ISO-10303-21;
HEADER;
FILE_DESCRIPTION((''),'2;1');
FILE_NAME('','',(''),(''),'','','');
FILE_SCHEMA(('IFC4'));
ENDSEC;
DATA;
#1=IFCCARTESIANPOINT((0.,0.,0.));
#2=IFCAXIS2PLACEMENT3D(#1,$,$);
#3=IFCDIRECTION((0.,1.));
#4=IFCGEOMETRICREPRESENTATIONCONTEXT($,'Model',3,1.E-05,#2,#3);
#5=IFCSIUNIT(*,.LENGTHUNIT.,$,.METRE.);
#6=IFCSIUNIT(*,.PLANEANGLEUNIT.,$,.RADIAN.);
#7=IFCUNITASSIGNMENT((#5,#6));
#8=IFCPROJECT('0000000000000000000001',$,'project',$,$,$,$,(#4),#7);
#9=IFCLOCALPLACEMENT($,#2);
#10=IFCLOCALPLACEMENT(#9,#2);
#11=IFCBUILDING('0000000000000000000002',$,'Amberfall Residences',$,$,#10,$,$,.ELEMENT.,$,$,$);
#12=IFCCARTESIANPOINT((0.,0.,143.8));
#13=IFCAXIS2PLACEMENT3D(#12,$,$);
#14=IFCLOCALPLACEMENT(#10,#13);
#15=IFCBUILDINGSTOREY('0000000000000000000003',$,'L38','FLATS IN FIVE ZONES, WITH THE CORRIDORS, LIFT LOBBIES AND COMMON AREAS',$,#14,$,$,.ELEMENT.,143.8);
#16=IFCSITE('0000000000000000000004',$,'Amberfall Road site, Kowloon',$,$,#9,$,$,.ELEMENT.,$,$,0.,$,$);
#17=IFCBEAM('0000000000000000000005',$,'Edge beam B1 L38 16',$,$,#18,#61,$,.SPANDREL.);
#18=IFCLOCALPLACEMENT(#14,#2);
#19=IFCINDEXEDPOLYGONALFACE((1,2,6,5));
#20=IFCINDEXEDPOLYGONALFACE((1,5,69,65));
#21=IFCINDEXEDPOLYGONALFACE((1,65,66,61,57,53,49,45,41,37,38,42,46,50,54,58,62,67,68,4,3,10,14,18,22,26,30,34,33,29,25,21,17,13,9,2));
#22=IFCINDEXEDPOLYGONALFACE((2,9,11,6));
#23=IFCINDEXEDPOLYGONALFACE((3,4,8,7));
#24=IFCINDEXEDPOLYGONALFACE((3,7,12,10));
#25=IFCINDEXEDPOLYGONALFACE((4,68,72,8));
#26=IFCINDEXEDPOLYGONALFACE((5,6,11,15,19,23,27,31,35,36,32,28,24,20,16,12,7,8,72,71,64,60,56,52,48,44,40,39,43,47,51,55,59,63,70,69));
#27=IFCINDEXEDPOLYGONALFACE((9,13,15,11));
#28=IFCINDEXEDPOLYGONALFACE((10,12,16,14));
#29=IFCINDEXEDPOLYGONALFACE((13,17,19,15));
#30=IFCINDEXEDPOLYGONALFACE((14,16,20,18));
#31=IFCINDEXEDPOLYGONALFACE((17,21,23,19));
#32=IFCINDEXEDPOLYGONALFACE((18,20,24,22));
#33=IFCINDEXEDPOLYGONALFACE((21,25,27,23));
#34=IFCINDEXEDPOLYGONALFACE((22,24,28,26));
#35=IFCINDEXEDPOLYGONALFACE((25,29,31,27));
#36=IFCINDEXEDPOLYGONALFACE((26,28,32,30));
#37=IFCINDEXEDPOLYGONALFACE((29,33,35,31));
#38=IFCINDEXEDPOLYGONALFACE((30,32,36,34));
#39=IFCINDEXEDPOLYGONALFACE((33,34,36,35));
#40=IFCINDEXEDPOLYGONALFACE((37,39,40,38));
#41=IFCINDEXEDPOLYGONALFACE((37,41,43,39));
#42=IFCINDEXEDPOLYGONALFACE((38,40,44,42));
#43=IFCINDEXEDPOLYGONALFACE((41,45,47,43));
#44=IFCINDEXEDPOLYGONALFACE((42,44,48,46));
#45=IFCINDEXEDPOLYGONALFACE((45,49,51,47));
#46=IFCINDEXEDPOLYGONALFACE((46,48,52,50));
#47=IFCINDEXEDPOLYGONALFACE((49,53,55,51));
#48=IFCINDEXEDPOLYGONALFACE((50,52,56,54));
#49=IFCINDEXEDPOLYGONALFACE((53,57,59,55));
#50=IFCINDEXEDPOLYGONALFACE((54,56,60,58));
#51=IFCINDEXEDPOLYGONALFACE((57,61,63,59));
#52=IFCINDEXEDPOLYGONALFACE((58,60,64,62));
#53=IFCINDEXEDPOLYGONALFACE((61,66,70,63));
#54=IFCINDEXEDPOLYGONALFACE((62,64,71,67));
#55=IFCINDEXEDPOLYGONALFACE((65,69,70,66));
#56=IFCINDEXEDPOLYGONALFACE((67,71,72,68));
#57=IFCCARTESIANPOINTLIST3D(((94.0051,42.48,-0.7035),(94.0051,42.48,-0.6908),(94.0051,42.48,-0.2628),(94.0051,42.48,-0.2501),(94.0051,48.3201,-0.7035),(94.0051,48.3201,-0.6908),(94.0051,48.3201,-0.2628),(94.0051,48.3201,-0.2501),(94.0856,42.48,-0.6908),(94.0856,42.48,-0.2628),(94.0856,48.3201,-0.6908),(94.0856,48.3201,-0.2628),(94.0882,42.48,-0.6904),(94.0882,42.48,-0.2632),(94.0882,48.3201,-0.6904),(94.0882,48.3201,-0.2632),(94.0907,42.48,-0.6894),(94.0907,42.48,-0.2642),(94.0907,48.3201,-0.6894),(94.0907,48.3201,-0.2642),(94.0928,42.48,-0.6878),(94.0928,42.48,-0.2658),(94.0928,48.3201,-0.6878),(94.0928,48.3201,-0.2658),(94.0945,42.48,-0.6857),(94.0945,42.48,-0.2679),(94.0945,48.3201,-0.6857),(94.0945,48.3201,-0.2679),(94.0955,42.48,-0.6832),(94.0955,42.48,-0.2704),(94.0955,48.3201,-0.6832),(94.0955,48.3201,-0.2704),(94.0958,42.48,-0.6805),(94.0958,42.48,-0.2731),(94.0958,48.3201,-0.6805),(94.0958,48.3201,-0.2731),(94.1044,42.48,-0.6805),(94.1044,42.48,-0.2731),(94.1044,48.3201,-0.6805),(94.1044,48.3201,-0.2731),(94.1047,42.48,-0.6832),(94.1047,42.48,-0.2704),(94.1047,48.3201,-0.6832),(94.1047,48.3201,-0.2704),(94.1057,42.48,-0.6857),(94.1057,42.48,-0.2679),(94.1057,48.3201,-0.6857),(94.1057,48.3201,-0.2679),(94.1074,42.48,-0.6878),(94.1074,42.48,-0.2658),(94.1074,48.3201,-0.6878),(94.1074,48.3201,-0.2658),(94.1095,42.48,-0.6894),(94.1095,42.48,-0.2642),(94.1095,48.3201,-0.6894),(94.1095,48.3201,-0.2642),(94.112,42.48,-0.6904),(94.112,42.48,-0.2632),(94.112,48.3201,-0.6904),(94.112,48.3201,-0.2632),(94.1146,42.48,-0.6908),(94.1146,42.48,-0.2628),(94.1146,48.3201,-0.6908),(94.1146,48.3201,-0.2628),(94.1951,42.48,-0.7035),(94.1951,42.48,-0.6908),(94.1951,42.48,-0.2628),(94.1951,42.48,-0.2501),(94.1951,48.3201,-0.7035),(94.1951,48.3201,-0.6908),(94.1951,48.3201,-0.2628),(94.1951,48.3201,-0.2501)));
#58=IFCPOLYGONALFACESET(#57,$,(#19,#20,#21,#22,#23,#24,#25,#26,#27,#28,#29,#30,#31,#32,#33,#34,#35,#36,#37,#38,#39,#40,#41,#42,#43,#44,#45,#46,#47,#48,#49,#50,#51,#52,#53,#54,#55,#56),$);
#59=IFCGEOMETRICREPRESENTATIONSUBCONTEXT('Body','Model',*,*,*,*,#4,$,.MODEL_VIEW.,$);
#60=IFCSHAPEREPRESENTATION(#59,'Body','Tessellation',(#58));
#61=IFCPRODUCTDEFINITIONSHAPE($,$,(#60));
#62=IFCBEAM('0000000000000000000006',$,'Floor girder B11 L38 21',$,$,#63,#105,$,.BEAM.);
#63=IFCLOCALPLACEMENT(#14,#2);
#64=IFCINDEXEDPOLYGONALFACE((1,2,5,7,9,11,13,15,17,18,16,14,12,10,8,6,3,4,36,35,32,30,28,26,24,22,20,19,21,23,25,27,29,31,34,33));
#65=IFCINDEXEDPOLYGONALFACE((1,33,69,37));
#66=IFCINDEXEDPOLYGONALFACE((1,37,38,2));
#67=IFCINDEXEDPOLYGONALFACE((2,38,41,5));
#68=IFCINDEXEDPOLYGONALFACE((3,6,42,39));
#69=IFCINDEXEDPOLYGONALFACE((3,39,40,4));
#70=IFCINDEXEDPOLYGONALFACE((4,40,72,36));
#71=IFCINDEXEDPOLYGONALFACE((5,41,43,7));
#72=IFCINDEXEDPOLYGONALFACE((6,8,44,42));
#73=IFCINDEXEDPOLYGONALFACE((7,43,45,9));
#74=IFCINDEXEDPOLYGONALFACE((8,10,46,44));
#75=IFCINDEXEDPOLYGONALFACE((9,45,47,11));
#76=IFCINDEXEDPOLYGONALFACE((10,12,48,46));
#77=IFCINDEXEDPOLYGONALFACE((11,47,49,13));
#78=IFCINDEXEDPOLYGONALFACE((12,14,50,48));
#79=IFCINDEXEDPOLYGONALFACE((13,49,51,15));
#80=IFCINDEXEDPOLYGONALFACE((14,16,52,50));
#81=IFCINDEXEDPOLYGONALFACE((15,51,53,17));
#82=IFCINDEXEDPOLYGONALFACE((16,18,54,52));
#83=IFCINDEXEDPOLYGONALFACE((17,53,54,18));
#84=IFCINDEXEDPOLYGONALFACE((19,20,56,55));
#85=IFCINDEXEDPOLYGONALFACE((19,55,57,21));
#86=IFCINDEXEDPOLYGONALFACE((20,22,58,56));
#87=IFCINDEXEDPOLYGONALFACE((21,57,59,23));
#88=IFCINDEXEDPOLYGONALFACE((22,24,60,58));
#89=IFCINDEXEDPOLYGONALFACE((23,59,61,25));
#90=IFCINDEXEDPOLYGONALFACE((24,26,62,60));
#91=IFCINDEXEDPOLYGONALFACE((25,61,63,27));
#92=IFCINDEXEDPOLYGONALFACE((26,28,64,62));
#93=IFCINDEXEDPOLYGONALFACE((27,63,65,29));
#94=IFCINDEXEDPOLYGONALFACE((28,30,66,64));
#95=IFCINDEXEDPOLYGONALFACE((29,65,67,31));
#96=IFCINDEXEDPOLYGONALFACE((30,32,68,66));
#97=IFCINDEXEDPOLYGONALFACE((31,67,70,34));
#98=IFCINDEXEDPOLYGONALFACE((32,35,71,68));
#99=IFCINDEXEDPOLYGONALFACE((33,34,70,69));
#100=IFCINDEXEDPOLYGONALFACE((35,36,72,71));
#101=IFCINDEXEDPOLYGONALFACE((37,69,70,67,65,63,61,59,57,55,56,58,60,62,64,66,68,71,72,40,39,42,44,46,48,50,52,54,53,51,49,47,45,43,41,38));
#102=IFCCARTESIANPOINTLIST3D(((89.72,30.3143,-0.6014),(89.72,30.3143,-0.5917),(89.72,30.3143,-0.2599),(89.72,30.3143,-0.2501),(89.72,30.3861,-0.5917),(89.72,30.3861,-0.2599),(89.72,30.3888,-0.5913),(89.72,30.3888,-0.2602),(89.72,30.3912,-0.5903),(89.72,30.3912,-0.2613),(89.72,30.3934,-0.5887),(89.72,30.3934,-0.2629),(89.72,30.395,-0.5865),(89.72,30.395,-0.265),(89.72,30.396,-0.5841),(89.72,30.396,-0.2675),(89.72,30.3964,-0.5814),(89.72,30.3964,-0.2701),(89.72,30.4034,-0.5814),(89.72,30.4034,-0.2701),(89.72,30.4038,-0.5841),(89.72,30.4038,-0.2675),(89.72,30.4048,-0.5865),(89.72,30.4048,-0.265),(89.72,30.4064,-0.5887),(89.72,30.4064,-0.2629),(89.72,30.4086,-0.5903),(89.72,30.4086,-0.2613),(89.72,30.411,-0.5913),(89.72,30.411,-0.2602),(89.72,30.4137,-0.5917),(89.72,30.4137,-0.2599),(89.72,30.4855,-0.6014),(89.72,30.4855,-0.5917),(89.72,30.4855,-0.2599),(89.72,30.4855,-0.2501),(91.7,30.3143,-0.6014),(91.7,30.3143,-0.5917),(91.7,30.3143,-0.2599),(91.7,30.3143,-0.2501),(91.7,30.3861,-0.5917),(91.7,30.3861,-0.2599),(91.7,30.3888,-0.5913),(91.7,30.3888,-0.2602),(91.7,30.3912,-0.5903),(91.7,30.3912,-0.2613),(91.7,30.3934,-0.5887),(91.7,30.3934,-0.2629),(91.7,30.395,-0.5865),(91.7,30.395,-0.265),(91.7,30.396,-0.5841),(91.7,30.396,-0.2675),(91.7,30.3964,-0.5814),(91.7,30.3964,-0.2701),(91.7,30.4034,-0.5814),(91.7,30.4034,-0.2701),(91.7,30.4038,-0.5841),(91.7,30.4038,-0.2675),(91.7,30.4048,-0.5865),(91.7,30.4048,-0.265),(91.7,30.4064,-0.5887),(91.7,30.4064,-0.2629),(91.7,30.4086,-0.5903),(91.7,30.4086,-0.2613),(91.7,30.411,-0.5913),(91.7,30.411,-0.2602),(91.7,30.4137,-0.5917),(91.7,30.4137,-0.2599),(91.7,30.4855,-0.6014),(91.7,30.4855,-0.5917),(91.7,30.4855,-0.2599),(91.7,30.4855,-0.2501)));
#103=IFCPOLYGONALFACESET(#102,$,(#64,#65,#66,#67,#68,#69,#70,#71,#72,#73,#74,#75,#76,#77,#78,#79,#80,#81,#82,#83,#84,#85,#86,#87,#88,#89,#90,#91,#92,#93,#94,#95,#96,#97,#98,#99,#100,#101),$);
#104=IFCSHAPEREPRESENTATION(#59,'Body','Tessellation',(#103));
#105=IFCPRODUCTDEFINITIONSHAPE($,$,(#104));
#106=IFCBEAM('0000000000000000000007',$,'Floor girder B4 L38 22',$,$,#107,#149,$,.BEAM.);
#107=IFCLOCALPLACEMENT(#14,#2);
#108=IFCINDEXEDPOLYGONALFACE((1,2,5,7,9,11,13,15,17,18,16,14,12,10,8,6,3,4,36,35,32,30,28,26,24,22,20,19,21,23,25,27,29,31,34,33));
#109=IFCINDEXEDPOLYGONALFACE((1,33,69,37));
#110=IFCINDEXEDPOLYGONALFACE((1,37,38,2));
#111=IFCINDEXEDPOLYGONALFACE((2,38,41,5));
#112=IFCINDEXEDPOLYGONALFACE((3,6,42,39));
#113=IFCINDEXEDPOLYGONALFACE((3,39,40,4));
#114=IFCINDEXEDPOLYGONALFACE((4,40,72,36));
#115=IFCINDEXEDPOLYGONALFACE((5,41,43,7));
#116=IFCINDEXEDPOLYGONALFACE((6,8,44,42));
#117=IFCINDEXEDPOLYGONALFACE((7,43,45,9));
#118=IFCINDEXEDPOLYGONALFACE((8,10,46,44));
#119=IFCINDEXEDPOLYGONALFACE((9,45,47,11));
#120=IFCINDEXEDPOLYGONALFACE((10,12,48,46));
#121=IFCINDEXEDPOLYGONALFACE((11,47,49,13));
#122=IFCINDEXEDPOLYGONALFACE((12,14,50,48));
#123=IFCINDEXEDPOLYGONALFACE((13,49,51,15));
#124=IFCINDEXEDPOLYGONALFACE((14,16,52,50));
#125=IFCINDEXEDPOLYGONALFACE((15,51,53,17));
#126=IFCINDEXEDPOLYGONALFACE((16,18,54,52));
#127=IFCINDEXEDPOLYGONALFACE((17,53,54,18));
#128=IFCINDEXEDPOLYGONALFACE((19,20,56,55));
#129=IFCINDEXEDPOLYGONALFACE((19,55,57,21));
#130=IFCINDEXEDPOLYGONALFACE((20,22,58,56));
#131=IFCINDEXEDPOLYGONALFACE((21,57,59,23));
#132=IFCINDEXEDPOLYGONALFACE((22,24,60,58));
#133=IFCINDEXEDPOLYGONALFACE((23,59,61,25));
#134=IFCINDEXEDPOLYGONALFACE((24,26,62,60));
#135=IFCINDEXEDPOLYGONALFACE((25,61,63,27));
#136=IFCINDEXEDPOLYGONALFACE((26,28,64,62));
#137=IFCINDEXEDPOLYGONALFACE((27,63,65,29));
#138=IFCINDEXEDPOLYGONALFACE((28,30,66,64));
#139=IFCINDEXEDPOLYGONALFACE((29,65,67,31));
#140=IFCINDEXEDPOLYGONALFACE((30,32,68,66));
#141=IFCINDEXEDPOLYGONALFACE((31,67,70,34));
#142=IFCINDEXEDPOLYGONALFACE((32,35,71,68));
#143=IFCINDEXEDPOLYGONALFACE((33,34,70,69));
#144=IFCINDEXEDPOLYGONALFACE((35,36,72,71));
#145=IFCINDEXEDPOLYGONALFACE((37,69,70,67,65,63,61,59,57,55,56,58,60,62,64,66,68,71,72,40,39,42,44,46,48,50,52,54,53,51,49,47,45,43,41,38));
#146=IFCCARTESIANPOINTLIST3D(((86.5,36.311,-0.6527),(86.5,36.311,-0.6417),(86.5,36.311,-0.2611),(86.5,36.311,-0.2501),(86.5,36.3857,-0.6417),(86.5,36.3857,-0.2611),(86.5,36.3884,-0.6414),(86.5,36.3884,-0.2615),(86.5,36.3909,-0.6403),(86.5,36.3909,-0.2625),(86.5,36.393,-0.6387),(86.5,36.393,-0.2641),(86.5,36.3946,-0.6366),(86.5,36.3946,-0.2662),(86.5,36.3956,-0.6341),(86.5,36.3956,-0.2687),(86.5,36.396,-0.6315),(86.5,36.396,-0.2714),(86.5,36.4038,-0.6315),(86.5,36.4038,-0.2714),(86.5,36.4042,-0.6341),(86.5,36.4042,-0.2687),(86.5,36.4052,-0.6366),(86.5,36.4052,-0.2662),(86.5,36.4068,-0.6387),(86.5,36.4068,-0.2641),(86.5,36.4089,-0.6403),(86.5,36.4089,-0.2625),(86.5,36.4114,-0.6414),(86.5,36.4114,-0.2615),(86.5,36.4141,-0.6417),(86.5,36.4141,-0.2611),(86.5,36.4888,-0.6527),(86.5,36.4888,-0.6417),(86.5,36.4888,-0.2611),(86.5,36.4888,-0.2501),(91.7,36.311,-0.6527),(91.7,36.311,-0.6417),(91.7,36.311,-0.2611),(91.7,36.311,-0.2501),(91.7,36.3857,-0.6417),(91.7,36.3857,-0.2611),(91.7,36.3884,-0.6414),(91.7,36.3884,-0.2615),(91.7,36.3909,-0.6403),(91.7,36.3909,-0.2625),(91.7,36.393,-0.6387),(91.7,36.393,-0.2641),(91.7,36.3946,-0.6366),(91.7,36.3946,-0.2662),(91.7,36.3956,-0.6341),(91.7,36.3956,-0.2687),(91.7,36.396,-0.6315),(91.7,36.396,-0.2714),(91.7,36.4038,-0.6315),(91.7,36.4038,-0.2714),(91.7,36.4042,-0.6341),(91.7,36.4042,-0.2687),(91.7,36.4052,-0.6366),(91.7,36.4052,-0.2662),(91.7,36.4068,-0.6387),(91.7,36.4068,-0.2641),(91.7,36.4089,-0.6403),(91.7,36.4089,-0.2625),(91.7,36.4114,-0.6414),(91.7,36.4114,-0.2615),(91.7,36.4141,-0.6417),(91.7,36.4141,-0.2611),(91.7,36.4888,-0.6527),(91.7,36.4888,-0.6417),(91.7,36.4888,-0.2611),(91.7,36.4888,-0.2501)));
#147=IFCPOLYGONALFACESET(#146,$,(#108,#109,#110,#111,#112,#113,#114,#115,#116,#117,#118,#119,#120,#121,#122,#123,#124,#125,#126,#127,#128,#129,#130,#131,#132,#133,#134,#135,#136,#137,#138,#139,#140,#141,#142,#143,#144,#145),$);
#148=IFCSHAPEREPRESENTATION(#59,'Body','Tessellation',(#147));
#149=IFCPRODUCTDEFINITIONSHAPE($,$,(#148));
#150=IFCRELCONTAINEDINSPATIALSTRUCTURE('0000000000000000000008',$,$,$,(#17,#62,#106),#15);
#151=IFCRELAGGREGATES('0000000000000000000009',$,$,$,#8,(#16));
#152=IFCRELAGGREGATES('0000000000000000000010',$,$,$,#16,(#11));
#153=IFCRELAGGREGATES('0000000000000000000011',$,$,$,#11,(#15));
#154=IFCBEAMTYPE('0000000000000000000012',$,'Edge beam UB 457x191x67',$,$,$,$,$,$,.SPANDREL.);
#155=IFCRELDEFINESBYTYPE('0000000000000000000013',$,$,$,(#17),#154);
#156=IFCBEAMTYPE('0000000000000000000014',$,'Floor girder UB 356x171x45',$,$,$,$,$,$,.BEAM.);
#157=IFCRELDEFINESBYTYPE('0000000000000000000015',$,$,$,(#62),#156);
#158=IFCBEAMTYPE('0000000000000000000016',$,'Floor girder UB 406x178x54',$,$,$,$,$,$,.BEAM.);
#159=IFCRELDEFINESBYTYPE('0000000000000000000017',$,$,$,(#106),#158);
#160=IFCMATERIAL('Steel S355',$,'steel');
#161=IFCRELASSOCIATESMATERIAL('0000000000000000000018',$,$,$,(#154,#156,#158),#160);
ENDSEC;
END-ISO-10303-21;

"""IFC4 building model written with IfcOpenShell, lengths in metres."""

from ifc_helpers import new_model, si_unit, direction, frame, origin, origin_2d, place, context, subcontext, project, spatial, i_section, extrude, material, material_profile, profile_set, type_object, element, save


model = new_model("IFC4")

# Units and contexts
model_context = context("Model", 3, precision=1e-05, world=origin(), true_north=direction((0.0, 1.0)))
body_context = subcontext(model_context, "Body", "Model", "MODEL_VIEW")
ifc_project = project(units=[si_unit("LENGTHUNIT", "METRE"), si_unit("PLANEANGLEUNIT", "RADIAN")], contexts=[model_context])

# Site, building, storey
site_placement = place(None, origin())
site = spatial("IfcSite", under=ifc_project, at=site_placement, Name="Amberfall Road site, Kowloon", CompositionType="ELEMENT", RefElevation=0.0)
building_placement = place(site_placement, origin())
building = spatial("IfcBuilding", under=site, at=building_placement, Name="Amberfall Residences", CompositionType="ELEMENT")
storey_placement = place(building_placement, frame((0.0, 0.0, 143.8)))
storey = spatial("IfcBuildingStorey", under=building, at=storey_placement, Name="L38", Description="FLATS IN FIVE ZONES, WITH THE CORRIDORS, LIFT LOBBIES AND COMMON AREAS", CompositionType="ELEMENT", Elevation=143.8)

# Beams
ifc_material_1 = material(Name="Steel S355", Category="steel")
ifc_material_profile_1 = material_profile(ifc_material_1, i_section(OverallWidth=0.1899, OverallDepth=0.4534, WebThickness=0.0085, FlangeThickness=0.0127, FilletRadius=0.0103, at=origin_2d()), Name="UB 457x191x67")
ifc_profile_set_1 = profile_set([ifc_material_profile_1], Name="Steel S355")
beam_type_1 = type_object("IfcBeamType", Name="Edge beam UB 457x191x67", PredefinedType="SPANDREL", material=ifc_profile_set_1)
beam_1_placement = place(storey_placement, frame((94.1001, 42.48, -0.4768), z_axis=(0.0, 1.0, 0.0), x_axis=(-1.0, 0.0, 0.0)))
element("IfcBeam", 1, at=beam_1_placement, inside=storey, type_object=beam_type_1, Name="Edge beam B1 L38 16", PredefinedType="SPANDREL", context=body_context, shape_type="SweptSolid", body=[
    extrude(i_section(OverallWidth=0.1899, OverallDepth=0.4534, WebThickness=0.0085, FlangeThickness=0.0127, FilletRadius=0.0103, at=origin_2d()), origin(), (0.0, 0.0, 1.0), 5.8401),
])
ifc_material_profile_2 = material_profile(ifc_material_1, i_section(OverallWidth=0.1711, OverallDepth=0.3513, WebThickness=0.0071, FlangeThickness=0.0098, FilletRadius=0.0103, at=origin_2d()), Name="UB 356x171x45")
ifc_profile_set_2 = profile_set([ifc_material_profile_2], Name="Steel S355")
beam_type_2 = type_object("IfcBeamType", Name="Floor girder UB 356x171x45", PredefinedType="BEAM", material=ifc_profile_set_2)
beam_2_placement = place(storey_placement, frame((91.7, 30.3999, -0.4258), z_axis=(-1.0, 0.0, 0.0), x_axis=(0.0, -1.0, 0.0)))
element("IfcBeam", 2, at=beam_2_placement, inside=storey, type_object=beam_type_2, Name="Floor girder B11 L38 21", PredefinedType="BEAM", context=body_context, shape_type="SweptSolid", body=[
    extrude(i_section(OverallWidth=0.1711, OverallDepth=0.3513, WebThickness=0.0071, FlangeThickness=0.0098, FilletRadius=0.0103, at=origin_2d()), origin(), (0.0, 0.0, 1.0), 1.98),
])
ifc_material_profile_3 = material_profile(ifc_material_1, i_section(OverallWidth=0.1777, OverallDepth=0.4026, WebThickness=0.0078, FlangeThickness=0.011, FilletRadius=0.0103, at=origin_2d()), Name="UB 406x178x54")
ifc_profile_set_3 = profile_set([ifc_material_profile_3], Name="Steel S355")
beam_type_3 = type_object("IfcBeamType", Name="Floor girder UB 406x178x54", PredefinedType="BEAM", material=ifc_profile_set_3)
beam_3_placement = place(storey_placement, frame((91.7, 36.3999, -0.4514), z_axis=(-1.0, 0.0, 0.0), x_axis=(0.0, -1.0, 0.0)))
element("IfcBeam", 3, at=beam_3_placement, inside=storey, type_object=beam_type_3, Name="Floor girder B4 L38 22", PredefinedType="BEAM", context=body_context, shape_type="SweptSolid", body=[
    extrude(i_section(OverallWidth=0.1777, OverallDepth=0.4026, WebThickness=0.0078, FlangeThickness=0.011, FilletRadius=0.0103, at=origin_2d()), origin(), (0.0, 0.0, 1.0), 5.2),
])

save(model, "model.ifc")
